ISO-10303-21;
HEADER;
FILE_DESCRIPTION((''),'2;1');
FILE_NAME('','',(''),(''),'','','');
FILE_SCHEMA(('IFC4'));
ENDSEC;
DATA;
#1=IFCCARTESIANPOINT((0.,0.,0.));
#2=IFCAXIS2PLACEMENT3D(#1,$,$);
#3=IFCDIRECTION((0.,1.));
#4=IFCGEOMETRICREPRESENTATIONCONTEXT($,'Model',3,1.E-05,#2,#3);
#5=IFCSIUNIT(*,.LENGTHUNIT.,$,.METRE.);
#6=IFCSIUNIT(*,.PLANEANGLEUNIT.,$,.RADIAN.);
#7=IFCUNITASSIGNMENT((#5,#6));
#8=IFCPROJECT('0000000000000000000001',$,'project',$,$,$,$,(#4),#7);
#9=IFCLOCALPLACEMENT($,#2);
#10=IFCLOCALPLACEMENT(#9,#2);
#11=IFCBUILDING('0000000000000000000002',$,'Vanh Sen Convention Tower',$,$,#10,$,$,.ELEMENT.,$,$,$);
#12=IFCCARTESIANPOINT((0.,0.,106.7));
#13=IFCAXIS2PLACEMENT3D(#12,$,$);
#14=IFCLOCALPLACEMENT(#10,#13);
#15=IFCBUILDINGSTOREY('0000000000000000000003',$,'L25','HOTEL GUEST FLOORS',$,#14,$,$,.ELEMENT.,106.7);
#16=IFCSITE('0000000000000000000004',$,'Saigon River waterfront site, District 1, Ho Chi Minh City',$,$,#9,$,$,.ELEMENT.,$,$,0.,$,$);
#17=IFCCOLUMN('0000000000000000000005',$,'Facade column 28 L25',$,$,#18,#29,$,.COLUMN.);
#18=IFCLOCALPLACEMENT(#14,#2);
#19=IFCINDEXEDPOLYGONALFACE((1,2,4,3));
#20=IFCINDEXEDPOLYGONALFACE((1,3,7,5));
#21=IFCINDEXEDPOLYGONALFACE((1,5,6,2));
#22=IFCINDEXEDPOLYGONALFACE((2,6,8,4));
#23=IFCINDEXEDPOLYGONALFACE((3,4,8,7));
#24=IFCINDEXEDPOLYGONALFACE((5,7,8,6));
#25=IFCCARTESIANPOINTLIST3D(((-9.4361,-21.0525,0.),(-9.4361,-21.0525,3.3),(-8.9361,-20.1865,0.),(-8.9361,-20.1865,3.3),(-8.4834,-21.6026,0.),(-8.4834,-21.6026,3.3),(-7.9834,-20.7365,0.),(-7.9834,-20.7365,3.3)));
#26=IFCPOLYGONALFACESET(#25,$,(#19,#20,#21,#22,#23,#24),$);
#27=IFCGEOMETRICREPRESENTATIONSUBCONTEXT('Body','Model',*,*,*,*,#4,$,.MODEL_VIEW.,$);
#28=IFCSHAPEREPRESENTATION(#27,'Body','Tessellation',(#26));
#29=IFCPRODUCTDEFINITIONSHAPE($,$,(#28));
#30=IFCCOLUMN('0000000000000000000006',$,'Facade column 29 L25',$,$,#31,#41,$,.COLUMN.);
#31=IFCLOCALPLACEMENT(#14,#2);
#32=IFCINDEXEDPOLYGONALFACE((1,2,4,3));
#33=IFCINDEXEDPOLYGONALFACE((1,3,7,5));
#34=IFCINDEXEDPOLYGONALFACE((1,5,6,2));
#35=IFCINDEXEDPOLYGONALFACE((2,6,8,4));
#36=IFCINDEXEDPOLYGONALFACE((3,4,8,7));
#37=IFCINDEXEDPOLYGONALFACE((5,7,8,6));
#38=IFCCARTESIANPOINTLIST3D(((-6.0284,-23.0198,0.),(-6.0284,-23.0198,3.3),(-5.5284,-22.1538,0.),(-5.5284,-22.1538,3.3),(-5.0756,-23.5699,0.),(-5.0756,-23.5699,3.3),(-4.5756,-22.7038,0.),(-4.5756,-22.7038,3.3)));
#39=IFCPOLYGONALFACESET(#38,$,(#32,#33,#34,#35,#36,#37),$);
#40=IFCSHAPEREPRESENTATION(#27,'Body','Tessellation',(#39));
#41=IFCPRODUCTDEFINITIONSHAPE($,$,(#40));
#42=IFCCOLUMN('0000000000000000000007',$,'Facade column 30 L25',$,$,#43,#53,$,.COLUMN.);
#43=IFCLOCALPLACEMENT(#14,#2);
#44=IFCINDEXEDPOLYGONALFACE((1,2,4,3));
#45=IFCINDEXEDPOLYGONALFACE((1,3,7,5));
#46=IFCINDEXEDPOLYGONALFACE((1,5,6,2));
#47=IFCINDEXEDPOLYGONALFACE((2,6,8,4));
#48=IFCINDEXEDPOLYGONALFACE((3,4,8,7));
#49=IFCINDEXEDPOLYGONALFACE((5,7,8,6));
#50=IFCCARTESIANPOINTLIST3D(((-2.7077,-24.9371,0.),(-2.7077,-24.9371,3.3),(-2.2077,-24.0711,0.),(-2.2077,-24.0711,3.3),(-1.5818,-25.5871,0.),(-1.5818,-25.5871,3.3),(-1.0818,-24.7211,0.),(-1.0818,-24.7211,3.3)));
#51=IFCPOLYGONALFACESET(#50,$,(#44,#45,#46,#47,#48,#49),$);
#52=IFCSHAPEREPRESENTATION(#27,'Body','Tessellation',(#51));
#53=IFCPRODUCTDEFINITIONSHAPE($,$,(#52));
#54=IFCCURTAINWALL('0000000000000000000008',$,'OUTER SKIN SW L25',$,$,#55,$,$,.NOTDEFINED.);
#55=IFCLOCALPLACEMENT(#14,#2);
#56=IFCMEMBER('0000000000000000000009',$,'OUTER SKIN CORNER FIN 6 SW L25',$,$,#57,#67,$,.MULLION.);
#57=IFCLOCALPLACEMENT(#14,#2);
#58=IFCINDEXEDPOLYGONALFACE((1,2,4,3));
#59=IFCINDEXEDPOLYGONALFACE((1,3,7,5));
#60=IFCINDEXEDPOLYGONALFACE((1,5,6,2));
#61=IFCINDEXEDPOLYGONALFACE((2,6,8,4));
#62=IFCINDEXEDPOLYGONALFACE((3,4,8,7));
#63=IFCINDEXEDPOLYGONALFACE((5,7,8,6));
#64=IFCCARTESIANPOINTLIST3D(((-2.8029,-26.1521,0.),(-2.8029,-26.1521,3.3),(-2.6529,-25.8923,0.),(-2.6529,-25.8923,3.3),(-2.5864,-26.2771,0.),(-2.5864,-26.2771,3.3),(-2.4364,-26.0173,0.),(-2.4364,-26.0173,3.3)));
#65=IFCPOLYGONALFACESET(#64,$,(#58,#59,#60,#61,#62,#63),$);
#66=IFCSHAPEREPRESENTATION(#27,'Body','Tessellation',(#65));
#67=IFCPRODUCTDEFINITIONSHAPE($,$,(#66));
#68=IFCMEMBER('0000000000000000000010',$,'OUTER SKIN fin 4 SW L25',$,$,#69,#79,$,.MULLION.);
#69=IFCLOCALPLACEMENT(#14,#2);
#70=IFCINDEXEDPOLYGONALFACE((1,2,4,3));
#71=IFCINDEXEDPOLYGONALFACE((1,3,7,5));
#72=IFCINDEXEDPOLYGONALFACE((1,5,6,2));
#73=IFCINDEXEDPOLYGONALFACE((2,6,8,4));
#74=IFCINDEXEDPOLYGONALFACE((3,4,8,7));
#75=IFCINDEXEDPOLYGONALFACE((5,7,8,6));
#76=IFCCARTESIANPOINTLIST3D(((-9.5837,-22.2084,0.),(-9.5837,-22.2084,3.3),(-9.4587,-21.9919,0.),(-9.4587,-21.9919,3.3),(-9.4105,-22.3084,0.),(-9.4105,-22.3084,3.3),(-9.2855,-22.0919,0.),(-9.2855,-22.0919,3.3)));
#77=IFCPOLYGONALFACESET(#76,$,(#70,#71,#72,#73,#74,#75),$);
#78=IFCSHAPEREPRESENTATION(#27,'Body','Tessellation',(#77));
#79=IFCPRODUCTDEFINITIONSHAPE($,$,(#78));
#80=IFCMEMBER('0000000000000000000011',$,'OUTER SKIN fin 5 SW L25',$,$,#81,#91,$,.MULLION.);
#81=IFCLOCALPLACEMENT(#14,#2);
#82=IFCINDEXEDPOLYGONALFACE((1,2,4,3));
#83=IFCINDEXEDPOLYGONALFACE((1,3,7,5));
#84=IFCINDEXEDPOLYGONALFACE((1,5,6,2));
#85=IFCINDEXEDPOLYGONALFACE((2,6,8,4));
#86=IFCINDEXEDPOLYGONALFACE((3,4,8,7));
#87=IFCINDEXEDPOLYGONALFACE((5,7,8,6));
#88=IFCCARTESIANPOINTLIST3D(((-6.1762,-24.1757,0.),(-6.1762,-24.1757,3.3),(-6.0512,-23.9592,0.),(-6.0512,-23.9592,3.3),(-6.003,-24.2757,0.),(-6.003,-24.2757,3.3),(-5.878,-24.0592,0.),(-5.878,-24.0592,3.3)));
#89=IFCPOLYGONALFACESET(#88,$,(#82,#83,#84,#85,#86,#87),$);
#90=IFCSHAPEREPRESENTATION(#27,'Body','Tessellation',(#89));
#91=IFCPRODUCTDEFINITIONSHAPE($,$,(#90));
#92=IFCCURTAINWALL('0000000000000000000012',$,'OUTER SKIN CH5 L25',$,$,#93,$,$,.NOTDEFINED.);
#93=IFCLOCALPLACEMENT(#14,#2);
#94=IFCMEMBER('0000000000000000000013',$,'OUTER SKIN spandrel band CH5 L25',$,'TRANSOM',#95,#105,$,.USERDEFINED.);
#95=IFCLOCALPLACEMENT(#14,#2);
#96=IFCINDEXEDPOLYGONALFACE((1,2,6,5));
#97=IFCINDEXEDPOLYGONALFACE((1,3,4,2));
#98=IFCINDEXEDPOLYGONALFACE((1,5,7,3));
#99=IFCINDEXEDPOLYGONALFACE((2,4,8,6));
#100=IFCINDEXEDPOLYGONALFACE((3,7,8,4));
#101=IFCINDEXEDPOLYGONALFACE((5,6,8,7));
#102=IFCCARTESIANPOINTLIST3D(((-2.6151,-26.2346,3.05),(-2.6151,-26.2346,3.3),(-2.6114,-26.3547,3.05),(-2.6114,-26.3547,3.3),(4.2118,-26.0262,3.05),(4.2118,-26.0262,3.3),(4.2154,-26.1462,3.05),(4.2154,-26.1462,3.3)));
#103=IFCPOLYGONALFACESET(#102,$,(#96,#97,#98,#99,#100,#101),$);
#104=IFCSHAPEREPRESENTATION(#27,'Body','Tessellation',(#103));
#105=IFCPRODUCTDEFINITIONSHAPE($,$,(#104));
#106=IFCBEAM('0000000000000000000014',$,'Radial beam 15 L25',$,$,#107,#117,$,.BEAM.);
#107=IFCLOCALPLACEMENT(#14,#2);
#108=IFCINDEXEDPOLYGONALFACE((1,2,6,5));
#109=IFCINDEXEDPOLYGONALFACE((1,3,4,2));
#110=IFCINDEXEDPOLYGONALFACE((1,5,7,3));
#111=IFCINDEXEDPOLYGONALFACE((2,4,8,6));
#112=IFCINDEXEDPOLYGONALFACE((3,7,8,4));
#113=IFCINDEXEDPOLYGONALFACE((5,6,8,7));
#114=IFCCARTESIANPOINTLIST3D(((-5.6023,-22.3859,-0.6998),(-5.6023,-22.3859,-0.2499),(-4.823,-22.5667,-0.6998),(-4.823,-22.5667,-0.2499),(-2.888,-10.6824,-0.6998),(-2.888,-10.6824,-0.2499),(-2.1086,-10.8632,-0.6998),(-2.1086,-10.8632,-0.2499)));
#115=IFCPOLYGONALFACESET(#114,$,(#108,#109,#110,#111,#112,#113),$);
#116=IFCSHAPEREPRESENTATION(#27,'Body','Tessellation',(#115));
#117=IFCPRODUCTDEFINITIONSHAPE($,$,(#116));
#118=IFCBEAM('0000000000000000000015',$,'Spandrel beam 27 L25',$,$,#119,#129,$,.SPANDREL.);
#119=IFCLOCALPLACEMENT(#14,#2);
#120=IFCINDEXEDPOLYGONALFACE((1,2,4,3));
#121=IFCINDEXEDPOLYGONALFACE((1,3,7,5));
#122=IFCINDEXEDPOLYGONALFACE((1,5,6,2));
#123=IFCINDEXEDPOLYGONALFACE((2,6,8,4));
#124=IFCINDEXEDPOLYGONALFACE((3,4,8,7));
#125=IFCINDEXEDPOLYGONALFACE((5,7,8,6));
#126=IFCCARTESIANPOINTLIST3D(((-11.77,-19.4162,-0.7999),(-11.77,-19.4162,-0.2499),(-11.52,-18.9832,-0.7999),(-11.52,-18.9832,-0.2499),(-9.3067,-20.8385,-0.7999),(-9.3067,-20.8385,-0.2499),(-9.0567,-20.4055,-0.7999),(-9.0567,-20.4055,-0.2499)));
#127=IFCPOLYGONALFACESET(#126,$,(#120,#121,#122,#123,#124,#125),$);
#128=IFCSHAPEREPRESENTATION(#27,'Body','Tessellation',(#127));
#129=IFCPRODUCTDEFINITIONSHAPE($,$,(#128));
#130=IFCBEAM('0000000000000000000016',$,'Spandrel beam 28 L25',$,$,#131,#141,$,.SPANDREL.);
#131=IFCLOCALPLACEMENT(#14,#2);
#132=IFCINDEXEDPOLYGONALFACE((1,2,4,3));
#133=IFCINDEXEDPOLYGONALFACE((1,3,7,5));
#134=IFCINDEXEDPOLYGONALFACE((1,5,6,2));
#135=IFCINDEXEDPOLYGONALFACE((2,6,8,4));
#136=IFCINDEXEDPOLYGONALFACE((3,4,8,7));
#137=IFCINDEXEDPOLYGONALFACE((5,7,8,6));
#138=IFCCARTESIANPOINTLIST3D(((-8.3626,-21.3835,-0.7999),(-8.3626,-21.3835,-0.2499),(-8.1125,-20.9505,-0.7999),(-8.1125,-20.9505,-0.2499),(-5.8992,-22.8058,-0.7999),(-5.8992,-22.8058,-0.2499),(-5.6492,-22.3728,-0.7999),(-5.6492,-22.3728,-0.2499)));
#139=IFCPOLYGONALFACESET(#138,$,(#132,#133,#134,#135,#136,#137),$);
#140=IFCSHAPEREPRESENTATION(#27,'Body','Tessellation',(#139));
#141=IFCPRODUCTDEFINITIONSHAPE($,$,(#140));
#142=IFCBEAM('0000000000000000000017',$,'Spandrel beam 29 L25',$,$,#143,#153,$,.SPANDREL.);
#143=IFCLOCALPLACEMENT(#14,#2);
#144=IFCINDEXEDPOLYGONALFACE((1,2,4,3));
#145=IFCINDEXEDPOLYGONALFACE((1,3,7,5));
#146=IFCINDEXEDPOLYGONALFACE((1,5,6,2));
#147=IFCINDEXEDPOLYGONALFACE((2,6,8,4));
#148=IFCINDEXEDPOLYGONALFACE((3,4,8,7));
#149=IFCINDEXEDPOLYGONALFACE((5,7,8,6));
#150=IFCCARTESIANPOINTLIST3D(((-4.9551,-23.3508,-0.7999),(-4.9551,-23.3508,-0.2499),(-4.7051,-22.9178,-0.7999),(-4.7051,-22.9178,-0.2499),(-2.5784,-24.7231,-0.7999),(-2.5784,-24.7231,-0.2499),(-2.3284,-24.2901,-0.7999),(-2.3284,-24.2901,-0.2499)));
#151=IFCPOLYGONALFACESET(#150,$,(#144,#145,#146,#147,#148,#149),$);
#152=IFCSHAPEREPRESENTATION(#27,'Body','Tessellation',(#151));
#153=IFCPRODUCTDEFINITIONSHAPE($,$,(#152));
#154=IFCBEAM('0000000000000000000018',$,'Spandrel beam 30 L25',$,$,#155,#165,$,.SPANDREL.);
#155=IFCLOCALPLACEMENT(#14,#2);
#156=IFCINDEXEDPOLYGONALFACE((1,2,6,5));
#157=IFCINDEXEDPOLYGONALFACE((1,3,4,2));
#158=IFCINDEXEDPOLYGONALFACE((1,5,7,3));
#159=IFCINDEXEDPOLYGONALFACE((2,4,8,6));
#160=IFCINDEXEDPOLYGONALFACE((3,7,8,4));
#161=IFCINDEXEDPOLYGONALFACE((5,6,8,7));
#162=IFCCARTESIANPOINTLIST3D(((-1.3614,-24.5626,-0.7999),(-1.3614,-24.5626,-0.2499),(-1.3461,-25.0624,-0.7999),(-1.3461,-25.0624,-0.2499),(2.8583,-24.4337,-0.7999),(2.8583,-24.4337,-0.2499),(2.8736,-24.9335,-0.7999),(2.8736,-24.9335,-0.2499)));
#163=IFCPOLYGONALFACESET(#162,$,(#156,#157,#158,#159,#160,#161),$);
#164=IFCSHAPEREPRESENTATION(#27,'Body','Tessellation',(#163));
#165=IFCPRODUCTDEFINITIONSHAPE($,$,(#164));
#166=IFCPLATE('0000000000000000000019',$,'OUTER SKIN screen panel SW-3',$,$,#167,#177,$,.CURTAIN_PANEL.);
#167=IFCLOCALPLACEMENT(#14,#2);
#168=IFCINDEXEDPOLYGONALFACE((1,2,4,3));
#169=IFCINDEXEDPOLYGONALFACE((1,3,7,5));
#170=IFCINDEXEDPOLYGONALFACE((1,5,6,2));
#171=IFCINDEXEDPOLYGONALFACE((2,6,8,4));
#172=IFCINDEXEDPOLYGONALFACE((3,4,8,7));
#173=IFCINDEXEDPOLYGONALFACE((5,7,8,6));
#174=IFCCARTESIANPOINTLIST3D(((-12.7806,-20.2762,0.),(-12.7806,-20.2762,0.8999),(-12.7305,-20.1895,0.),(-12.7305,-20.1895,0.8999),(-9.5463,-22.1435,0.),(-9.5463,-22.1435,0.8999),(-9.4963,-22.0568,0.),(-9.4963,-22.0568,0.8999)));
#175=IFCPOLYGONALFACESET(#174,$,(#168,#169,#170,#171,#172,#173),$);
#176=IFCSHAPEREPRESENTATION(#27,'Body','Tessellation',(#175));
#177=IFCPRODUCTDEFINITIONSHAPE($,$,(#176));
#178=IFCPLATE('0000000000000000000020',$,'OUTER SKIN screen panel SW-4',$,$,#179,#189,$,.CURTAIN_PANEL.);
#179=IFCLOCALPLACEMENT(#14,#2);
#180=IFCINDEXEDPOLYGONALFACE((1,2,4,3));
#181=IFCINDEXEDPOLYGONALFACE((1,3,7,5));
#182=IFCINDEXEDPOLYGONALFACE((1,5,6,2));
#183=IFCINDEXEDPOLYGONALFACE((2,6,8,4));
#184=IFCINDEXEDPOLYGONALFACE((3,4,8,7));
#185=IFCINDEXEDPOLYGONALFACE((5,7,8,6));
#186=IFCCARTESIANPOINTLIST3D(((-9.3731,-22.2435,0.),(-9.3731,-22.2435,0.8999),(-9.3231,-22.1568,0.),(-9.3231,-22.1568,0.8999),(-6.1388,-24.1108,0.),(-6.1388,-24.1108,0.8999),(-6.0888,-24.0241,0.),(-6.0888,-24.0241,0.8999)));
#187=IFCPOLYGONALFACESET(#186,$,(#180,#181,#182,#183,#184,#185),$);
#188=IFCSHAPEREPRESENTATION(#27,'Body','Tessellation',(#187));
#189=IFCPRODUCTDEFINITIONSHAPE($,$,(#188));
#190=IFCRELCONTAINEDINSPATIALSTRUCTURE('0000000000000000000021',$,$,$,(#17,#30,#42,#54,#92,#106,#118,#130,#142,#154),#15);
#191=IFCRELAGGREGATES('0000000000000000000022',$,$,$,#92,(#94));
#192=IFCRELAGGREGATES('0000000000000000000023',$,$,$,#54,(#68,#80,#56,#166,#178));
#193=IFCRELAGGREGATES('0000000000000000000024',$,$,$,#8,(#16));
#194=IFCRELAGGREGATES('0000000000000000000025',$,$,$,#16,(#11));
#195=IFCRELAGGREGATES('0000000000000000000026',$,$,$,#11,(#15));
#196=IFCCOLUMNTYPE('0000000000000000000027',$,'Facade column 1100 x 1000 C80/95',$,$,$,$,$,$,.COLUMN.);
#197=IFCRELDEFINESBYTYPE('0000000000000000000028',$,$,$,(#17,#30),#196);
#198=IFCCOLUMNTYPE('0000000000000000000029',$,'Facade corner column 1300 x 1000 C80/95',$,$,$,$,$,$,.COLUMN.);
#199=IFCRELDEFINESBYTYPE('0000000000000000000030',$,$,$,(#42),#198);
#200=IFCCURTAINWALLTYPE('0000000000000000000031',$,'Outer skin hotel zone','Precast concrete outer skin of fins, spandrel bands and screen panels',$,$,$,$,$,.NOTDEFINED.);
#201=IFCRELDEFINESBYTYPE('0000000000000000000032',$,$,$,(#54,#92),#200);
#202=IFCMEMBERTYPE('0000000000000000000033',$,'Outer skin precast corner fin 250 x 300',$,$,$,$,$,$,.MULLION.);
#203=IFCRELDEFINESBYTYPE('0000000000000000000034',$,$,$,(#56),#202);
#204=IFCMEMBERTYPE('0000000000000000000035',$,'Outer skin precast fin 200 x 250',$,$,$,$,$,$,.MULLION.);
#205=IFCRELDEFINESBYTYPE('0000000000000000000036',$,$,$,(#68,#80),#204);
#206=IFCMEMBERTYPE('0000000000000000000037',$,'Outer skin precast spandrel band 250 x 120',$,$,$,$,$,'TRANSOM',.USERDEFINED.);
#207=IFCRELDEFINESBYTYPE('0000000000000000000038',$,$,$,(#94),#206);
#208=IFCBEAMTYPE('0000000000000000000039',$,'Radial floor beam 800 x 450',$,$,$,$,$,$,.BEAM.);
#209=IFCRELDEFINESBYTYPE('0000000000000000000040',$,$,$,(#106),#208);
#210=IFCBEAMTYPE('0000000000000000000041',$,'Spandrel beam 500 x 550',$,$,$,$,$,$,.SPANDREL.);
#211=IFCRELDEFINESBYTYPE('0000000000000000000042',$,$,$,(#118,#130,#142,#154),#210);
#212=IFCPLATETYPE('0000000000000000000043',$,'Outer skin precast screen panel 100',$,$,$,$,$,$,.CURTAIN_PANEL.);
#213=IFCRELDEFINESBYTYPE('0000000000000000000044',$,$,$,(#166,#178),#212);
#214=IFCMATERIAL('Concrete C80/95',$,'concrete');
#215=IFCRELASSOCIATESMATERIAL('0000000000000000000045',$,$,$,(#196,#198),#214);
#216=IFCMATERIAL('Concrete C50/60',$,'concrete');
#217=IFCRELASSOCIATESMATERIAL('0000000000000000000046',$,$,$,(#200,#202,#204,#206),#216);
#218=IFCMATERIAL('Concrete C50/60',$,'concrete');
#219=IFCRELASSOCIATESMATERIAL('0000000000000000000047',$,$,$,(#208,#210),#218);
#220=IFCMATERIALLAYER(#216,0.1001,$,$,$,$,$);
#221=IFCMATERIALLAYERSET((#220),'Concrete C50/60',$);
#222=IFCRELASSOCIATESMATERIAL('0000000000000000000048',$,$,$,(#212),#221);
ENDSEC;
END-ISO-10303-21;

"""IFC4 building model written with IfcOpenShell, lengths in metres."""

from ifc_helpers import new_model, si_unit, direction, frame, origin, origin_2d, place, context, subcontext, project, spatial, rectangle, extrude, material, layer, layer_set, material_profile, profile_set, type_object, element, aggregate, save


model = new_model("IFC4")

# Units and contexts
model_context = context("Model", 3, precision=1e-05, world=origin(), true_north=direction((0.0, 1.0)))
body_context = subcontext(model_context, "Body", "Model", "MODEL_VIEW")
ifc_project = project(units=[si_unit("LENGTHUNIT", "METRE"), si_unit("PLANEANGLEUNIT", "RADIAN")], contexts=[model_context])

# Site, building, storey
site_placement = place(None, origin())
site = spatial("IfcSite", under=ifc_project, at=site_placement, Name="Saigon River waterfront site, District 1, Ho Chi Minh City", CompositionType="ELEMENT", RefElevation=0.0)
building_placement = place(site_placement, origin())
building = spatial("IfcBuilding", under=site, at=building_placement, Name="Vanh Sen Convention Tower", CompositionType="ELEMENT")
storey_placement = place(building_placement, frame((0.0, 0.0, 106.7)))
storey = spatial("IfcBuildingStorey", under=building, at=storey_placement, Name="L25", Description="HOTEL GUEST FLOORS", CompositionType="ELEMENT", Elevation=106.7)

# Columns
ifc_material_1 = material(Name="Concrete C80/95", Category="concrete")
ifc_material_profile_1 = material_profile(ifc_material_1, rectangle(XDim=1.1001, YDim=1.0, at=origin_2d()), Name="RC 1100X1000")
ifc_profile_set_1 = profile_set([ifc_material_profile_1], Name="Concrete C80/95")
column_type_1 = type_object("IfcColumnType", Name="Facade column 1100 x 1000 C80/95", PredefinedType="COLUMN", material=ifc_profile_set_1)
for number, where, z_axis, x_axis, name in (
    (1, (-8.7097, -20.8945, 0.0), (0.0, 0.0, 1.0), (0.866025, -0.5, 0.0), "Facade column 28 L25"),
    (2, (-5.302, -22.8618, 0.0), (0.0, 0.0, 1.0), (0.866025, -0.5, 0.0), "Facade column 29 L25"),
):
    element("IfcColumn", number, at=place(storey_placement, frame(where, z_axis=z_axis, x_axis=x_axis)), inside=storey, type_object=column_type_1, Name=name, PredefinedType="COLUMN", context=body_context, shape_type="SweptSolid", body=[
        extrude(rectangle(XDim=1.1001, YDim=1.0, at=origin_2d()), origin(), (0.0, 0.0, 1.0), 3.3),
    ])
ifc_material_profile_2 = material_profile(ifc_material_1, rectangle(XDim=1.3, YDim=1.0, at=origin_2d()), Name="RC 1300X1000")
ifc_profile_set_2 = profile_set([ifc_material_profile_2], Name="Concrete C80/95")
column_type_2 = type_object("IfcColumnType", Name="Facade corner column 1300 x 1000 C80/95", PredefinedType="COLUMN", material=ifc_profile_set_2)
column_placement = place(storey_placement, frame((-1.8948, -24.8291, 0.0), z_axis=(0.0, 0.0, 1.0), x_axis=(0.866025, -0.5, 0.0)))
element("IfcColumn", 3, at=column_placement, inside=storey, type_object=column_type_2, Name="Facade column 30 L25", PredefinedType="COLUMN", context=body_context, shape_type="SweptSolid", body=[
    extrude(rectangle(XDim=1.3, YDim=1.0, at=origin_2d()), origin(), (0.0, 0.0, 1.0), 3.3),
])

# Curtain wall, members
ifc_material_2 = material(Name="Concrete C50/60", Category="concrete")
curtain_wall_type = type_object("IfcCurtainWallType", Name="Outer skin hotel zone", Description="Precast concrete outer skin of fins, spandrel bands and screen panels", PredefinedType="NOTDEFINED", material=ifc_material_2)
curtain_wall_1_placement = place(storey_placement, origin())
curtain_wall_1 = element("IfcCurtainWall", 4, at=curtain_wall_1_placement, inside=storey, type_object=curtain_wall_type, Name="OUTER SKIN SW L25", PredefinedType="NOTDEFINED")
ifc_material_profile_3 = material_profile(ifc_material_2, rectangle(XDim=0.25, YDim=0.3, at=origin_2d()), Name="Outer skin precast corner fin 250 x 300")
ifc_profile_set_3 = profile_set([ifc_material_profile_3], Name="Concrete C50/60")
member_type_1 = type_object("IfcMemberType", Name="Outer skin precast corner fin 250 x 300", PredefinedType="MULLION", material=ifc_profile_set_3)
member_1_placement = place(storey_placement, frame((-2.6196, -26.0847, 0.0), z_axis=(0.0, 0.0, 1.0), x_axis=(0.866025, -0.5, 0.0)))
member_1 = element("IfcMember", 5, at=member_1_placement, type_object=member_type_1, Name="OUTER SKIN CORNER FIN 6 SW L25", PredefinedType="MULLION", context=body_context, shape_type="SweptSolid", body=[
    extrude(rectangle(XDim=0.25, YDim=0.3, at=origin_2d()), origin(), (0.0, 0.0, 1.0), 3.3),
])
ifc_material_profile_4 = material_profile(ifc_material_2, rectangle(XDim=0.2, YDim=0.25, at=origin_2d()), Name="Outer skin precast fin 200 x 250")
ifc_profile_set_4 = profile_set([ifc_material_profile_4], Name="Concrete C50/60")
member_type_2 = type_object("IfcMemberType", Name="Outer skin precast fin 200 x 250", PredefinedType="MULLION", material=ifc_profile_set_4)
member_2_placement = place(storey_placement, frame((-9.4346, -22.1501, 0.0), z_axis=(0.0, 0.0, 1.0), x_axis=(0.866025, -0.5, 0.0)))
member_2 = element("IfcMember", 6, at=member_2_placement, type_object=member_type_2, Name="OUTER SKIN fin 4 SW L25", PredefinedType="MULLION", context=body_context, shape_type="SweptSolid", body=[
    extrude(rectangle(XDim=0.2, YDim=0.25, at=origin_2d()), origin(), (0.0, 0.0, 1.0), 3.3),
])
member_3_placement = place(storey_placement, frame((-6.0271, -24.1174, 0.0), z_axis=(0.0, 0.0, 1.0), x_axis=(0.866025, -0.5, 0.0)))
member_3 = element("IfcMember", 7, at=member_3_placement, type_object=member_type_2, Name="OUTER SKIN fin 5 SW L25", PredefinedType="MULLION", context=body_context, shape_type="SweptSolid", body=[
    extrude(rectangle(XDim=0.2, YDim=0.25, at=origin_2d()), origin(), (0.0, 0.0, 1.0), 3.3),
])

# Curtain wall, member
curtain_wall_2_placement = place(storey_placement, origin())
curtain_wall_2 = element("IfcCurtainWall", 8, at=curtain_wall_2_placement, inside=storey, type_object=curtain_wall_type, Name="OUTER SKIN CH5 L25", PredefinedType="NOTDEFINED")
ifc_material_profile_5 = material_profile(ifc_material_2, rectangle(XDim=0.1201, YDim=0.25, at=origin_2d()), Name="Outer skin precast spandrel band 250 x 120")
ifc_profile_set_5 = profile_set([ifc_material_profile_5], Name="Concrete C50/60")
member_type_3 = type_object("IfcMemberType", Name="Outer skin precast spandrel band 250 x 120", ElementType="TRANSOM", PredefinedType="USERDEFINED", material=ifc_profile_set_5)
member_4_placement = place(storey_placement, frame((-2.6133, -26.2947, 3.175), z_axis=(0.999534, 0.030526, 0.0), x_axis=(-0.030526, 0.999534, 0.0)))
member_4 = element("IfcMember", 9, at=member_4_placement, type_object=member_type_3, Name="OUTER SKIN spandrel band CH5 L25", ObjectType="TRANSOM", PredefinedType="USERDEFINED", context=body_context, shape_type="SweptSolid", body=[
    extrude(rectangle(XDim=0.1201, YDim=0.25, at=origin_2d()), origin(), (0.0, 0.0, 1.0), 6.8301),
])
aggregate(curtain_wall_2, [member_4])

# Beams
ifc_material_3 = material(Name="Concrete C50/60", Category="concrete")
ifc_material_profile_6 = material_profile(ifc_material_3, rectangle(XDim=0.8, YDim=0.45, at=origin_2d()), Name="RC 800X450")
ifc_profile_set_6 = profile_set([ifc_material_profile_6], Name="Concrete C50/60")
beam_type_1 = type_object("IfcBeamType", Name="Radial floor beam 800 x 450", PredefinedType="BEAM", material=ifc_profile_set_6)
beam_1_placement = place(storey_placement, frame((-5.2126, -22.4763, -0.4749), z_axis=(0.225928, 0.974144, 0.0), x_axis=(-0.974144, 0.225928, 0.0)))
element("IfcBeam", 10, at=beam_1_placement, inside=storey, type_object=beam_type_1, Name="Radial beam 15 L25", PredefinedType="BEAM", context=body_context, shape_type="SweptSolid", body=[
    extrude(rectangle(XDim=0.8, YDim=0.45, at=origin_2d()), origin(), (0.0, 0.0, 1.0), 12.0142),
])
ifc_material_profile_7 = material_profile(ifc_material_3, rectangle(XDim=0.5, YDim=0.55, at=origin_2d()), Name="RC 500X550")
ifc_profile_set_7 = profile_set([ifc_material_profile_7], Name="Concrete C50/60")
beam_type_2 = type_object("IfcBeamType", Name="Spandrel beam 500 x 550", PredefinedType="SPANDREL", material=ifc_profile_set_7)
for number, where, z_axis, x_axis, name in (
    (11, (-11.645, -19.1997, -0.5249), (0.866005, -0.500034, 0.0), (0.500034, 0.866005, 0.0), "Spandrel beam 27 L25"),
    (12, (-8.2375, -21.167, -0.5249), (0.866005, -0.500034, 0.0), (0.500034, 0.866005, 0.0), "Spandrel beam 28 L25"),
):
    element("IfcBeam", number, at=place(storey_placement, frame(where, z_axis=z_axis, x_axis=x_axis)), inside=storey, type_object=beam_type_2, Name=name, PredefinedType="SPANDREL", context=body_context, shape_type="SweptSolid", body=[
        extrude(rectangle(XDim=0.5, YDim=0.55, at=origin_2d()), origin(), (0.0, 0.0, 1.0), 2.8445),
    ])
beam_2_placement = place(storey_placement, frame((-4.8301, -23.1343, -0.5249), z_axis=(0.866006, -0.500033, 0.0), x_axis=(0.500033, 0.866006, 0.0)))
element("IfcBeam", 13, at=beam_2_placement, inside=storey, type_object=beam_type_2, Name="Spandrel beam 29 L25", PredefinedType="SPANDREL", context=body_context, shape_type="SweptSolid", body=[
    extrude(rectangle(XDim=0.5, YDim=0.55, at=origin_2d()), origin(), (0.0, 0.0, 1.0), 2.7444),
])
beam_3_placement = place(storey_placement, frame((-1.3538, -24.8125, -0.5249), z_axis=(0.999534, 0.030534, 0.0), x_axis=(-0.030534, 0.999534, 0.0)))
element("IfcBeam", 14, at=beam_3_placement, inside=storey, type_object=beam_type_2, Name="Spandrel beam 30 L25", PredefinedType="SPANDREL", context=body_context, shape_type="SweptSolid", body=[
    extrude(rectangle(XDim=0.5, YDim=0.55, at=origin_2d()), origin(), (0.0, 0.0, 1.0), 4.2217),
])

# Plates
ifc_layer_1 = layer(ifc_material_2, 0.1001)
ifc_layer_set_1 = layer_set([ifc_layer_1], Name="Concrete C50/60")
plate_type = type_object("IfcPlateType", Name="Outer skin precast screen panel 100", PredefinedType="CURTAIN_PANEL", material=ifc_layer_set_1)
plate_1_placement = place(storey_placement, frame((-11.1384, -21.1665, 0.0), z_axis=(0.0, 0.0, 1.0), x_axis=(0.866028, -0.499995, 0.0)))
plate_1 = element("IfcPlate", 15, at=plate_1_placement, type_object=plate_type, Name="OUTER SKIN screen panel SW-3", PredefinedType="CURTAIN_PANEL", context=body_context, shape_type="SweptSolid", body=[
    extrude(rectangle(XDim=3.7346, YDim=0.1001, at=origin_2d()), origin(), (0.0, 0.0, 1.0), 0.8999),
])
plate_2_placement = place(storey_placement, frame((-7.731, -23.1338, 0.0), z_axis=(0.0, 0.0, 1.0), x_axis=(0.866028, -0.499995, 0.0)))
plate_2 = element("IfcPlate", 16, at=plate_2_placement, type_object=plate_type, Name="OUTER SKIN screen panel SW-4", PredefinedType="CURTAIN_PANEL", context=body_context, shape_type="SweptSolid", body=[
    extrude(rectangle(XDim=3.7346, YDim=0.1001, at=origin_2d()), origin(), (0.0, 0.0, 1.0), 0.8999),
])
aggregate(curtain_wall_1, [member_2, member_3, member_1, plate_1, plate_2])

save(model, "model.ifc")
